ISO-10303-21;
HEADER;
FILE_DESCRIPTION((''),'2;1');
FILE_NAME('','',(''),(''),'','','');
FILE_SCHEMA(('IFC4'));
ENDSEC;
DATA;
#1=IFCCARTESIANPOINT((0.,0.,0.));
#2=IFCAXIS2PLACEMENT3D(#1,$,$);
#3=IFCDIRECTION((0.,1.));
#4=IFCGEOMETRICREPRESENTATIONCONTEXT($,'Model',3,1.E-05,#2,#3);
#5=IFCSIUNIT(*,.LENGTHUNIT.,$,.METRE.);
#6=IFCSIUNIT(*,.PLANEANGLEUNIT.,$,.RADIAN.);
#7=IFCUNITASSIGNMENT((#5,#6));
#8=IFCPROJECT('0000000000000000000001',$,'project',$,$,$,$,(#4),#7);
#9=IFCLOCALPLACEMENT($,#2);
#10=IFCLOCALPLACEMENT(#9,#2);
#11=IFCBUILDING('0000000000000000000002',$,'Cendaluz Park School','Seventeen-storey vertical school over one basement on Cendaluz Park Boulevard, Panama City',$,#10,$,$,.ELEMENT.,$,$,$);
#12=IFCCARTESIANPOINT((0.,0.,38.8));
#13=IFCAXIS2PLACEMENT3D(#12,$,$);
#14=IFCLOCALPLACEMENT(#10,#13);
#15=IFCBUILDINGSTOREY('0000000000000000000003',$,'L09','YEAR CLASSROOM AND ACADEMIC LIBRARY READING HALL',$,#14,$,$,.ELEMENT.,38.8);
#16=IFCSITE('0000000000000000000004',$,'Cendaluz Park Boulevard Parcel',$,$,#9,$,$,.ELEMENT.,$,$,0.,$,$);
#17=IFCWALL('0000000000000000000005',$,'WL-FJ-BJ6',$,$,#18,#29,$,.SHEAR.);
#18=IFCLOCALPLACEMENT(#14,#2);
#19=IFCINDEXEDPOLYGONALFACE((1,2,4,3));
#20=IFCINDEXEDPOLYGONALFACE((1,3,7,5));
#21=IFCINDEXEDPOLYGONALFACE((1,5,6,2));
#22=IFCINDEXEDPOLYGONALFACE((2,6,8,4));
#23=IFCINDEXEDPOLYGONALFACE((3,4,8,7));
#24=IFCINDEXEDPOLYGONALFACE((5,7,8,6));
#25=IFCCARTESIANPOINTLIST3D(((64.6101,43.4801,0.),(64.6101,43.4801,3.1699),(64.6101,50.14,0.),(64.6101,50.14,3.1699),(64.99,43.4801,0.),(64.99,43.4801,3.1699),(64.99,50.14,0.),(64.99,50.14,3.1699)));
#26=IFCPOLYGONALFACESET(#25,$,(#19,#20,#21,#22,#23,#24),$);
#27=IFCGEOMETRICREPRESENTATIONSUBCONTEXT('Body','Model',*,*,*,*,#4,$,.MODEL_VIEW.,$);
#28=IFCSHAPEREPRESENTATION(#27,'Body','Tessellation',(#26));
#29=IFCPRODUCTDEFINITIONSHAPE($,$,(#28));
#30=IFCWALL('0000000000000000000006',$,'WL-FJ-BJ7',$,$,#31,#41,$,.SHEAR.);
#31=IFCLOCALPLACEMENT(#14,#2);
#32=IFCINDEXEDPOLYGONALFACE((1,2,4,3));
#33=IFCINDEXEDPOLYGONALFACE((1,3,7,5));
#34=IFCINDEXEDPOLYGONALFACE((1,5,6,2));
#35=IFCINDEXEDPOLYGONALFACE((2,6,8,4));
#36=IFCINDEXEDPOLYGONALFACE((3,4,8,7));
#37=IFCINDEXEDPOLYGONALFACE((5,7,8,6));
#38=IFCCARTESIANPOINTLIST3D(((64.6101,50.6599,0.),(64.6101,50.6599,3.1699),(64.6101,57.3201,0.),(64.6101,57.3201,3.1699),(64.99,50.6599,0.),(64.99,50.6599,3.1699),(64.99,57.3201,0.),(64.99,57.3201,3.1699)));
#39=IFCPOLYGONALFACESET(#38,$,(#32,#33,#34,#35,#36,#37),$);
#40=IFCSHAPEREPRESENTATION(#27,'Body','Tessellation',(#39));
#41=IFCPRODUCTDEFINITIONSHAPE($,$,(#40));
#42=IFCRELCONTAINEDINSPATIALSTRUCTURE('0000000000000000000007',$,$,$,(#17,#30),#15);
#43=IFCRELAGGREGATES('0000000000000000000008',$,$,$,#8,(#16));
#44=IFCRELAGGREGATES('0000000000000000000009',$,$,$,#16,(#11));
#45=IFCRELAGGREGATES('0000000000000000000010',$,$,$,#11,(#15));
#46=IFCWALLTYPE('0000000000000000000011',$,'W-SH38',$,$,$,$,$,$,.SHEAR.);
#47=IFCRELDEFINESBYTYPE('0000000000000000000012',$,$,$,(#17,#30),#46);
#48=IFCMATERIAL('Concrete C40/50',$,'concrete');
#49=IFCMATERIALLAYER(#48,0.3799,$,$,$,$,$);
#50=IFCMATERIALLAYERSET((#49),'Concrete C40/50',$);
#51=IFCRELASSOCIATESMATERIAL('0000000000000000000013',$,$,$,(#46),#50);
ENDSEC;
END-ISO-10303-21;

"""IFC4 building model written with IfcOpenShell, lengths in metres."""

from ifc_helpers import new_model, si_unit, direction, frame, frame_2d, origin, place, context, subcontext, project, spatial, rectangle, extrude, material, layer, layer_set, type_object, element, save


model = new_model("IFC4")

# Units and contexts
model_context = context("Model", 3, precision=1e-05, world=origin(), true_north=direction((0.0, 1.0)))
body_context = subcontext(model_context, "Body", "Model", "MODEL_VIEW")
ifc_project = project(units=[si_unit("LENGTHUNIT", "METRE"), si_unit("PLANEANGLEUNIT", "RADIAN")], contexts=[model_context])

# Site, building, storey
site_placement = place(None, origin())
site = spatial("IfcSite", under=ifc_project, at=site_placement, Name="Cendaluz Park Boulevard Parcel", CompositionType="ELEMENT", RefElevation=0.0)
building_placement = place(site_placement, origin())
building = spatial("IfcBuilding", under=site, at=building_placement, Name="Cendaluz Park School", Description="Seventeen-storey vertical school over one basement on Cendaluz Park Boulevard, Panama City", CompositionType="ELEMENT")
storey_placement = place(building_placement, frame((0.0, 0.0, 38.8)))
storey = spatial("IfcBuildingStorey", under=building, at=storey_placement, Name="L09", Description="YEAR CLASSROOM AND ACADEMIC LIBRARY READING HALL", CompositionType="ELEMENT", Elevation=38.8)

# Walls
ifc_material_1 = material(Name="Concrete C40/50", Category="concrete")
ifc_layer_1 = layer(ifc_material_1, 0.3799)
ifc_layer_set_1 = layer_set([ifc_layer_1], Name="Concrete C40/50")
wall_type_1 = type_object("IfcWallType", Name="W-SH38", PredefinedType="SHEAR", material=ifc_layer_set_1)
wall_1_placement = place(storey_placement, frame((64.8, 43.48, 0.0), z_axis=(0.0, 0.0, 1.0), x_axis=(0.0, 1.0, 0.0)))
element("IfcWall", 1, at=wall_1_placement, inside=storey, type_object=wall_type_1, Name="WL-FJ-BJ6", PredefinedType="SHEAR", context=body_context, shape_type="SweptSolid", body=[
    extrude(rectangle(XDim=6.6599, YDim=0.3799, at=frame_2d((3.3301, 0.0))), origin(), (0.0, 0.0, 1.0), 3.1699),
])
wall_2_placement = place(storey_placement, frame((64.8, 50.6599, 0.0), z_axis=(0.0, 0.0, 1.0), x_axis=(0.0, 1.0, 0.0)))
element("IfcWall", 2, at=wall_2_placement, inside=storey, type_object=wall_type_1, Name="WL-FJ-BJ7", PredefinedType="SHEAR", context=body_context, shape_type="SweptSolid", body=[
    extrude(rectangle(XDim=6.6602, YDim=0.3799, at=frame_2d((3.3301, 0.0))), origin(), (0.0, 0.0, 1.0), 3.1699),
])

save(model, "model.ifc")
